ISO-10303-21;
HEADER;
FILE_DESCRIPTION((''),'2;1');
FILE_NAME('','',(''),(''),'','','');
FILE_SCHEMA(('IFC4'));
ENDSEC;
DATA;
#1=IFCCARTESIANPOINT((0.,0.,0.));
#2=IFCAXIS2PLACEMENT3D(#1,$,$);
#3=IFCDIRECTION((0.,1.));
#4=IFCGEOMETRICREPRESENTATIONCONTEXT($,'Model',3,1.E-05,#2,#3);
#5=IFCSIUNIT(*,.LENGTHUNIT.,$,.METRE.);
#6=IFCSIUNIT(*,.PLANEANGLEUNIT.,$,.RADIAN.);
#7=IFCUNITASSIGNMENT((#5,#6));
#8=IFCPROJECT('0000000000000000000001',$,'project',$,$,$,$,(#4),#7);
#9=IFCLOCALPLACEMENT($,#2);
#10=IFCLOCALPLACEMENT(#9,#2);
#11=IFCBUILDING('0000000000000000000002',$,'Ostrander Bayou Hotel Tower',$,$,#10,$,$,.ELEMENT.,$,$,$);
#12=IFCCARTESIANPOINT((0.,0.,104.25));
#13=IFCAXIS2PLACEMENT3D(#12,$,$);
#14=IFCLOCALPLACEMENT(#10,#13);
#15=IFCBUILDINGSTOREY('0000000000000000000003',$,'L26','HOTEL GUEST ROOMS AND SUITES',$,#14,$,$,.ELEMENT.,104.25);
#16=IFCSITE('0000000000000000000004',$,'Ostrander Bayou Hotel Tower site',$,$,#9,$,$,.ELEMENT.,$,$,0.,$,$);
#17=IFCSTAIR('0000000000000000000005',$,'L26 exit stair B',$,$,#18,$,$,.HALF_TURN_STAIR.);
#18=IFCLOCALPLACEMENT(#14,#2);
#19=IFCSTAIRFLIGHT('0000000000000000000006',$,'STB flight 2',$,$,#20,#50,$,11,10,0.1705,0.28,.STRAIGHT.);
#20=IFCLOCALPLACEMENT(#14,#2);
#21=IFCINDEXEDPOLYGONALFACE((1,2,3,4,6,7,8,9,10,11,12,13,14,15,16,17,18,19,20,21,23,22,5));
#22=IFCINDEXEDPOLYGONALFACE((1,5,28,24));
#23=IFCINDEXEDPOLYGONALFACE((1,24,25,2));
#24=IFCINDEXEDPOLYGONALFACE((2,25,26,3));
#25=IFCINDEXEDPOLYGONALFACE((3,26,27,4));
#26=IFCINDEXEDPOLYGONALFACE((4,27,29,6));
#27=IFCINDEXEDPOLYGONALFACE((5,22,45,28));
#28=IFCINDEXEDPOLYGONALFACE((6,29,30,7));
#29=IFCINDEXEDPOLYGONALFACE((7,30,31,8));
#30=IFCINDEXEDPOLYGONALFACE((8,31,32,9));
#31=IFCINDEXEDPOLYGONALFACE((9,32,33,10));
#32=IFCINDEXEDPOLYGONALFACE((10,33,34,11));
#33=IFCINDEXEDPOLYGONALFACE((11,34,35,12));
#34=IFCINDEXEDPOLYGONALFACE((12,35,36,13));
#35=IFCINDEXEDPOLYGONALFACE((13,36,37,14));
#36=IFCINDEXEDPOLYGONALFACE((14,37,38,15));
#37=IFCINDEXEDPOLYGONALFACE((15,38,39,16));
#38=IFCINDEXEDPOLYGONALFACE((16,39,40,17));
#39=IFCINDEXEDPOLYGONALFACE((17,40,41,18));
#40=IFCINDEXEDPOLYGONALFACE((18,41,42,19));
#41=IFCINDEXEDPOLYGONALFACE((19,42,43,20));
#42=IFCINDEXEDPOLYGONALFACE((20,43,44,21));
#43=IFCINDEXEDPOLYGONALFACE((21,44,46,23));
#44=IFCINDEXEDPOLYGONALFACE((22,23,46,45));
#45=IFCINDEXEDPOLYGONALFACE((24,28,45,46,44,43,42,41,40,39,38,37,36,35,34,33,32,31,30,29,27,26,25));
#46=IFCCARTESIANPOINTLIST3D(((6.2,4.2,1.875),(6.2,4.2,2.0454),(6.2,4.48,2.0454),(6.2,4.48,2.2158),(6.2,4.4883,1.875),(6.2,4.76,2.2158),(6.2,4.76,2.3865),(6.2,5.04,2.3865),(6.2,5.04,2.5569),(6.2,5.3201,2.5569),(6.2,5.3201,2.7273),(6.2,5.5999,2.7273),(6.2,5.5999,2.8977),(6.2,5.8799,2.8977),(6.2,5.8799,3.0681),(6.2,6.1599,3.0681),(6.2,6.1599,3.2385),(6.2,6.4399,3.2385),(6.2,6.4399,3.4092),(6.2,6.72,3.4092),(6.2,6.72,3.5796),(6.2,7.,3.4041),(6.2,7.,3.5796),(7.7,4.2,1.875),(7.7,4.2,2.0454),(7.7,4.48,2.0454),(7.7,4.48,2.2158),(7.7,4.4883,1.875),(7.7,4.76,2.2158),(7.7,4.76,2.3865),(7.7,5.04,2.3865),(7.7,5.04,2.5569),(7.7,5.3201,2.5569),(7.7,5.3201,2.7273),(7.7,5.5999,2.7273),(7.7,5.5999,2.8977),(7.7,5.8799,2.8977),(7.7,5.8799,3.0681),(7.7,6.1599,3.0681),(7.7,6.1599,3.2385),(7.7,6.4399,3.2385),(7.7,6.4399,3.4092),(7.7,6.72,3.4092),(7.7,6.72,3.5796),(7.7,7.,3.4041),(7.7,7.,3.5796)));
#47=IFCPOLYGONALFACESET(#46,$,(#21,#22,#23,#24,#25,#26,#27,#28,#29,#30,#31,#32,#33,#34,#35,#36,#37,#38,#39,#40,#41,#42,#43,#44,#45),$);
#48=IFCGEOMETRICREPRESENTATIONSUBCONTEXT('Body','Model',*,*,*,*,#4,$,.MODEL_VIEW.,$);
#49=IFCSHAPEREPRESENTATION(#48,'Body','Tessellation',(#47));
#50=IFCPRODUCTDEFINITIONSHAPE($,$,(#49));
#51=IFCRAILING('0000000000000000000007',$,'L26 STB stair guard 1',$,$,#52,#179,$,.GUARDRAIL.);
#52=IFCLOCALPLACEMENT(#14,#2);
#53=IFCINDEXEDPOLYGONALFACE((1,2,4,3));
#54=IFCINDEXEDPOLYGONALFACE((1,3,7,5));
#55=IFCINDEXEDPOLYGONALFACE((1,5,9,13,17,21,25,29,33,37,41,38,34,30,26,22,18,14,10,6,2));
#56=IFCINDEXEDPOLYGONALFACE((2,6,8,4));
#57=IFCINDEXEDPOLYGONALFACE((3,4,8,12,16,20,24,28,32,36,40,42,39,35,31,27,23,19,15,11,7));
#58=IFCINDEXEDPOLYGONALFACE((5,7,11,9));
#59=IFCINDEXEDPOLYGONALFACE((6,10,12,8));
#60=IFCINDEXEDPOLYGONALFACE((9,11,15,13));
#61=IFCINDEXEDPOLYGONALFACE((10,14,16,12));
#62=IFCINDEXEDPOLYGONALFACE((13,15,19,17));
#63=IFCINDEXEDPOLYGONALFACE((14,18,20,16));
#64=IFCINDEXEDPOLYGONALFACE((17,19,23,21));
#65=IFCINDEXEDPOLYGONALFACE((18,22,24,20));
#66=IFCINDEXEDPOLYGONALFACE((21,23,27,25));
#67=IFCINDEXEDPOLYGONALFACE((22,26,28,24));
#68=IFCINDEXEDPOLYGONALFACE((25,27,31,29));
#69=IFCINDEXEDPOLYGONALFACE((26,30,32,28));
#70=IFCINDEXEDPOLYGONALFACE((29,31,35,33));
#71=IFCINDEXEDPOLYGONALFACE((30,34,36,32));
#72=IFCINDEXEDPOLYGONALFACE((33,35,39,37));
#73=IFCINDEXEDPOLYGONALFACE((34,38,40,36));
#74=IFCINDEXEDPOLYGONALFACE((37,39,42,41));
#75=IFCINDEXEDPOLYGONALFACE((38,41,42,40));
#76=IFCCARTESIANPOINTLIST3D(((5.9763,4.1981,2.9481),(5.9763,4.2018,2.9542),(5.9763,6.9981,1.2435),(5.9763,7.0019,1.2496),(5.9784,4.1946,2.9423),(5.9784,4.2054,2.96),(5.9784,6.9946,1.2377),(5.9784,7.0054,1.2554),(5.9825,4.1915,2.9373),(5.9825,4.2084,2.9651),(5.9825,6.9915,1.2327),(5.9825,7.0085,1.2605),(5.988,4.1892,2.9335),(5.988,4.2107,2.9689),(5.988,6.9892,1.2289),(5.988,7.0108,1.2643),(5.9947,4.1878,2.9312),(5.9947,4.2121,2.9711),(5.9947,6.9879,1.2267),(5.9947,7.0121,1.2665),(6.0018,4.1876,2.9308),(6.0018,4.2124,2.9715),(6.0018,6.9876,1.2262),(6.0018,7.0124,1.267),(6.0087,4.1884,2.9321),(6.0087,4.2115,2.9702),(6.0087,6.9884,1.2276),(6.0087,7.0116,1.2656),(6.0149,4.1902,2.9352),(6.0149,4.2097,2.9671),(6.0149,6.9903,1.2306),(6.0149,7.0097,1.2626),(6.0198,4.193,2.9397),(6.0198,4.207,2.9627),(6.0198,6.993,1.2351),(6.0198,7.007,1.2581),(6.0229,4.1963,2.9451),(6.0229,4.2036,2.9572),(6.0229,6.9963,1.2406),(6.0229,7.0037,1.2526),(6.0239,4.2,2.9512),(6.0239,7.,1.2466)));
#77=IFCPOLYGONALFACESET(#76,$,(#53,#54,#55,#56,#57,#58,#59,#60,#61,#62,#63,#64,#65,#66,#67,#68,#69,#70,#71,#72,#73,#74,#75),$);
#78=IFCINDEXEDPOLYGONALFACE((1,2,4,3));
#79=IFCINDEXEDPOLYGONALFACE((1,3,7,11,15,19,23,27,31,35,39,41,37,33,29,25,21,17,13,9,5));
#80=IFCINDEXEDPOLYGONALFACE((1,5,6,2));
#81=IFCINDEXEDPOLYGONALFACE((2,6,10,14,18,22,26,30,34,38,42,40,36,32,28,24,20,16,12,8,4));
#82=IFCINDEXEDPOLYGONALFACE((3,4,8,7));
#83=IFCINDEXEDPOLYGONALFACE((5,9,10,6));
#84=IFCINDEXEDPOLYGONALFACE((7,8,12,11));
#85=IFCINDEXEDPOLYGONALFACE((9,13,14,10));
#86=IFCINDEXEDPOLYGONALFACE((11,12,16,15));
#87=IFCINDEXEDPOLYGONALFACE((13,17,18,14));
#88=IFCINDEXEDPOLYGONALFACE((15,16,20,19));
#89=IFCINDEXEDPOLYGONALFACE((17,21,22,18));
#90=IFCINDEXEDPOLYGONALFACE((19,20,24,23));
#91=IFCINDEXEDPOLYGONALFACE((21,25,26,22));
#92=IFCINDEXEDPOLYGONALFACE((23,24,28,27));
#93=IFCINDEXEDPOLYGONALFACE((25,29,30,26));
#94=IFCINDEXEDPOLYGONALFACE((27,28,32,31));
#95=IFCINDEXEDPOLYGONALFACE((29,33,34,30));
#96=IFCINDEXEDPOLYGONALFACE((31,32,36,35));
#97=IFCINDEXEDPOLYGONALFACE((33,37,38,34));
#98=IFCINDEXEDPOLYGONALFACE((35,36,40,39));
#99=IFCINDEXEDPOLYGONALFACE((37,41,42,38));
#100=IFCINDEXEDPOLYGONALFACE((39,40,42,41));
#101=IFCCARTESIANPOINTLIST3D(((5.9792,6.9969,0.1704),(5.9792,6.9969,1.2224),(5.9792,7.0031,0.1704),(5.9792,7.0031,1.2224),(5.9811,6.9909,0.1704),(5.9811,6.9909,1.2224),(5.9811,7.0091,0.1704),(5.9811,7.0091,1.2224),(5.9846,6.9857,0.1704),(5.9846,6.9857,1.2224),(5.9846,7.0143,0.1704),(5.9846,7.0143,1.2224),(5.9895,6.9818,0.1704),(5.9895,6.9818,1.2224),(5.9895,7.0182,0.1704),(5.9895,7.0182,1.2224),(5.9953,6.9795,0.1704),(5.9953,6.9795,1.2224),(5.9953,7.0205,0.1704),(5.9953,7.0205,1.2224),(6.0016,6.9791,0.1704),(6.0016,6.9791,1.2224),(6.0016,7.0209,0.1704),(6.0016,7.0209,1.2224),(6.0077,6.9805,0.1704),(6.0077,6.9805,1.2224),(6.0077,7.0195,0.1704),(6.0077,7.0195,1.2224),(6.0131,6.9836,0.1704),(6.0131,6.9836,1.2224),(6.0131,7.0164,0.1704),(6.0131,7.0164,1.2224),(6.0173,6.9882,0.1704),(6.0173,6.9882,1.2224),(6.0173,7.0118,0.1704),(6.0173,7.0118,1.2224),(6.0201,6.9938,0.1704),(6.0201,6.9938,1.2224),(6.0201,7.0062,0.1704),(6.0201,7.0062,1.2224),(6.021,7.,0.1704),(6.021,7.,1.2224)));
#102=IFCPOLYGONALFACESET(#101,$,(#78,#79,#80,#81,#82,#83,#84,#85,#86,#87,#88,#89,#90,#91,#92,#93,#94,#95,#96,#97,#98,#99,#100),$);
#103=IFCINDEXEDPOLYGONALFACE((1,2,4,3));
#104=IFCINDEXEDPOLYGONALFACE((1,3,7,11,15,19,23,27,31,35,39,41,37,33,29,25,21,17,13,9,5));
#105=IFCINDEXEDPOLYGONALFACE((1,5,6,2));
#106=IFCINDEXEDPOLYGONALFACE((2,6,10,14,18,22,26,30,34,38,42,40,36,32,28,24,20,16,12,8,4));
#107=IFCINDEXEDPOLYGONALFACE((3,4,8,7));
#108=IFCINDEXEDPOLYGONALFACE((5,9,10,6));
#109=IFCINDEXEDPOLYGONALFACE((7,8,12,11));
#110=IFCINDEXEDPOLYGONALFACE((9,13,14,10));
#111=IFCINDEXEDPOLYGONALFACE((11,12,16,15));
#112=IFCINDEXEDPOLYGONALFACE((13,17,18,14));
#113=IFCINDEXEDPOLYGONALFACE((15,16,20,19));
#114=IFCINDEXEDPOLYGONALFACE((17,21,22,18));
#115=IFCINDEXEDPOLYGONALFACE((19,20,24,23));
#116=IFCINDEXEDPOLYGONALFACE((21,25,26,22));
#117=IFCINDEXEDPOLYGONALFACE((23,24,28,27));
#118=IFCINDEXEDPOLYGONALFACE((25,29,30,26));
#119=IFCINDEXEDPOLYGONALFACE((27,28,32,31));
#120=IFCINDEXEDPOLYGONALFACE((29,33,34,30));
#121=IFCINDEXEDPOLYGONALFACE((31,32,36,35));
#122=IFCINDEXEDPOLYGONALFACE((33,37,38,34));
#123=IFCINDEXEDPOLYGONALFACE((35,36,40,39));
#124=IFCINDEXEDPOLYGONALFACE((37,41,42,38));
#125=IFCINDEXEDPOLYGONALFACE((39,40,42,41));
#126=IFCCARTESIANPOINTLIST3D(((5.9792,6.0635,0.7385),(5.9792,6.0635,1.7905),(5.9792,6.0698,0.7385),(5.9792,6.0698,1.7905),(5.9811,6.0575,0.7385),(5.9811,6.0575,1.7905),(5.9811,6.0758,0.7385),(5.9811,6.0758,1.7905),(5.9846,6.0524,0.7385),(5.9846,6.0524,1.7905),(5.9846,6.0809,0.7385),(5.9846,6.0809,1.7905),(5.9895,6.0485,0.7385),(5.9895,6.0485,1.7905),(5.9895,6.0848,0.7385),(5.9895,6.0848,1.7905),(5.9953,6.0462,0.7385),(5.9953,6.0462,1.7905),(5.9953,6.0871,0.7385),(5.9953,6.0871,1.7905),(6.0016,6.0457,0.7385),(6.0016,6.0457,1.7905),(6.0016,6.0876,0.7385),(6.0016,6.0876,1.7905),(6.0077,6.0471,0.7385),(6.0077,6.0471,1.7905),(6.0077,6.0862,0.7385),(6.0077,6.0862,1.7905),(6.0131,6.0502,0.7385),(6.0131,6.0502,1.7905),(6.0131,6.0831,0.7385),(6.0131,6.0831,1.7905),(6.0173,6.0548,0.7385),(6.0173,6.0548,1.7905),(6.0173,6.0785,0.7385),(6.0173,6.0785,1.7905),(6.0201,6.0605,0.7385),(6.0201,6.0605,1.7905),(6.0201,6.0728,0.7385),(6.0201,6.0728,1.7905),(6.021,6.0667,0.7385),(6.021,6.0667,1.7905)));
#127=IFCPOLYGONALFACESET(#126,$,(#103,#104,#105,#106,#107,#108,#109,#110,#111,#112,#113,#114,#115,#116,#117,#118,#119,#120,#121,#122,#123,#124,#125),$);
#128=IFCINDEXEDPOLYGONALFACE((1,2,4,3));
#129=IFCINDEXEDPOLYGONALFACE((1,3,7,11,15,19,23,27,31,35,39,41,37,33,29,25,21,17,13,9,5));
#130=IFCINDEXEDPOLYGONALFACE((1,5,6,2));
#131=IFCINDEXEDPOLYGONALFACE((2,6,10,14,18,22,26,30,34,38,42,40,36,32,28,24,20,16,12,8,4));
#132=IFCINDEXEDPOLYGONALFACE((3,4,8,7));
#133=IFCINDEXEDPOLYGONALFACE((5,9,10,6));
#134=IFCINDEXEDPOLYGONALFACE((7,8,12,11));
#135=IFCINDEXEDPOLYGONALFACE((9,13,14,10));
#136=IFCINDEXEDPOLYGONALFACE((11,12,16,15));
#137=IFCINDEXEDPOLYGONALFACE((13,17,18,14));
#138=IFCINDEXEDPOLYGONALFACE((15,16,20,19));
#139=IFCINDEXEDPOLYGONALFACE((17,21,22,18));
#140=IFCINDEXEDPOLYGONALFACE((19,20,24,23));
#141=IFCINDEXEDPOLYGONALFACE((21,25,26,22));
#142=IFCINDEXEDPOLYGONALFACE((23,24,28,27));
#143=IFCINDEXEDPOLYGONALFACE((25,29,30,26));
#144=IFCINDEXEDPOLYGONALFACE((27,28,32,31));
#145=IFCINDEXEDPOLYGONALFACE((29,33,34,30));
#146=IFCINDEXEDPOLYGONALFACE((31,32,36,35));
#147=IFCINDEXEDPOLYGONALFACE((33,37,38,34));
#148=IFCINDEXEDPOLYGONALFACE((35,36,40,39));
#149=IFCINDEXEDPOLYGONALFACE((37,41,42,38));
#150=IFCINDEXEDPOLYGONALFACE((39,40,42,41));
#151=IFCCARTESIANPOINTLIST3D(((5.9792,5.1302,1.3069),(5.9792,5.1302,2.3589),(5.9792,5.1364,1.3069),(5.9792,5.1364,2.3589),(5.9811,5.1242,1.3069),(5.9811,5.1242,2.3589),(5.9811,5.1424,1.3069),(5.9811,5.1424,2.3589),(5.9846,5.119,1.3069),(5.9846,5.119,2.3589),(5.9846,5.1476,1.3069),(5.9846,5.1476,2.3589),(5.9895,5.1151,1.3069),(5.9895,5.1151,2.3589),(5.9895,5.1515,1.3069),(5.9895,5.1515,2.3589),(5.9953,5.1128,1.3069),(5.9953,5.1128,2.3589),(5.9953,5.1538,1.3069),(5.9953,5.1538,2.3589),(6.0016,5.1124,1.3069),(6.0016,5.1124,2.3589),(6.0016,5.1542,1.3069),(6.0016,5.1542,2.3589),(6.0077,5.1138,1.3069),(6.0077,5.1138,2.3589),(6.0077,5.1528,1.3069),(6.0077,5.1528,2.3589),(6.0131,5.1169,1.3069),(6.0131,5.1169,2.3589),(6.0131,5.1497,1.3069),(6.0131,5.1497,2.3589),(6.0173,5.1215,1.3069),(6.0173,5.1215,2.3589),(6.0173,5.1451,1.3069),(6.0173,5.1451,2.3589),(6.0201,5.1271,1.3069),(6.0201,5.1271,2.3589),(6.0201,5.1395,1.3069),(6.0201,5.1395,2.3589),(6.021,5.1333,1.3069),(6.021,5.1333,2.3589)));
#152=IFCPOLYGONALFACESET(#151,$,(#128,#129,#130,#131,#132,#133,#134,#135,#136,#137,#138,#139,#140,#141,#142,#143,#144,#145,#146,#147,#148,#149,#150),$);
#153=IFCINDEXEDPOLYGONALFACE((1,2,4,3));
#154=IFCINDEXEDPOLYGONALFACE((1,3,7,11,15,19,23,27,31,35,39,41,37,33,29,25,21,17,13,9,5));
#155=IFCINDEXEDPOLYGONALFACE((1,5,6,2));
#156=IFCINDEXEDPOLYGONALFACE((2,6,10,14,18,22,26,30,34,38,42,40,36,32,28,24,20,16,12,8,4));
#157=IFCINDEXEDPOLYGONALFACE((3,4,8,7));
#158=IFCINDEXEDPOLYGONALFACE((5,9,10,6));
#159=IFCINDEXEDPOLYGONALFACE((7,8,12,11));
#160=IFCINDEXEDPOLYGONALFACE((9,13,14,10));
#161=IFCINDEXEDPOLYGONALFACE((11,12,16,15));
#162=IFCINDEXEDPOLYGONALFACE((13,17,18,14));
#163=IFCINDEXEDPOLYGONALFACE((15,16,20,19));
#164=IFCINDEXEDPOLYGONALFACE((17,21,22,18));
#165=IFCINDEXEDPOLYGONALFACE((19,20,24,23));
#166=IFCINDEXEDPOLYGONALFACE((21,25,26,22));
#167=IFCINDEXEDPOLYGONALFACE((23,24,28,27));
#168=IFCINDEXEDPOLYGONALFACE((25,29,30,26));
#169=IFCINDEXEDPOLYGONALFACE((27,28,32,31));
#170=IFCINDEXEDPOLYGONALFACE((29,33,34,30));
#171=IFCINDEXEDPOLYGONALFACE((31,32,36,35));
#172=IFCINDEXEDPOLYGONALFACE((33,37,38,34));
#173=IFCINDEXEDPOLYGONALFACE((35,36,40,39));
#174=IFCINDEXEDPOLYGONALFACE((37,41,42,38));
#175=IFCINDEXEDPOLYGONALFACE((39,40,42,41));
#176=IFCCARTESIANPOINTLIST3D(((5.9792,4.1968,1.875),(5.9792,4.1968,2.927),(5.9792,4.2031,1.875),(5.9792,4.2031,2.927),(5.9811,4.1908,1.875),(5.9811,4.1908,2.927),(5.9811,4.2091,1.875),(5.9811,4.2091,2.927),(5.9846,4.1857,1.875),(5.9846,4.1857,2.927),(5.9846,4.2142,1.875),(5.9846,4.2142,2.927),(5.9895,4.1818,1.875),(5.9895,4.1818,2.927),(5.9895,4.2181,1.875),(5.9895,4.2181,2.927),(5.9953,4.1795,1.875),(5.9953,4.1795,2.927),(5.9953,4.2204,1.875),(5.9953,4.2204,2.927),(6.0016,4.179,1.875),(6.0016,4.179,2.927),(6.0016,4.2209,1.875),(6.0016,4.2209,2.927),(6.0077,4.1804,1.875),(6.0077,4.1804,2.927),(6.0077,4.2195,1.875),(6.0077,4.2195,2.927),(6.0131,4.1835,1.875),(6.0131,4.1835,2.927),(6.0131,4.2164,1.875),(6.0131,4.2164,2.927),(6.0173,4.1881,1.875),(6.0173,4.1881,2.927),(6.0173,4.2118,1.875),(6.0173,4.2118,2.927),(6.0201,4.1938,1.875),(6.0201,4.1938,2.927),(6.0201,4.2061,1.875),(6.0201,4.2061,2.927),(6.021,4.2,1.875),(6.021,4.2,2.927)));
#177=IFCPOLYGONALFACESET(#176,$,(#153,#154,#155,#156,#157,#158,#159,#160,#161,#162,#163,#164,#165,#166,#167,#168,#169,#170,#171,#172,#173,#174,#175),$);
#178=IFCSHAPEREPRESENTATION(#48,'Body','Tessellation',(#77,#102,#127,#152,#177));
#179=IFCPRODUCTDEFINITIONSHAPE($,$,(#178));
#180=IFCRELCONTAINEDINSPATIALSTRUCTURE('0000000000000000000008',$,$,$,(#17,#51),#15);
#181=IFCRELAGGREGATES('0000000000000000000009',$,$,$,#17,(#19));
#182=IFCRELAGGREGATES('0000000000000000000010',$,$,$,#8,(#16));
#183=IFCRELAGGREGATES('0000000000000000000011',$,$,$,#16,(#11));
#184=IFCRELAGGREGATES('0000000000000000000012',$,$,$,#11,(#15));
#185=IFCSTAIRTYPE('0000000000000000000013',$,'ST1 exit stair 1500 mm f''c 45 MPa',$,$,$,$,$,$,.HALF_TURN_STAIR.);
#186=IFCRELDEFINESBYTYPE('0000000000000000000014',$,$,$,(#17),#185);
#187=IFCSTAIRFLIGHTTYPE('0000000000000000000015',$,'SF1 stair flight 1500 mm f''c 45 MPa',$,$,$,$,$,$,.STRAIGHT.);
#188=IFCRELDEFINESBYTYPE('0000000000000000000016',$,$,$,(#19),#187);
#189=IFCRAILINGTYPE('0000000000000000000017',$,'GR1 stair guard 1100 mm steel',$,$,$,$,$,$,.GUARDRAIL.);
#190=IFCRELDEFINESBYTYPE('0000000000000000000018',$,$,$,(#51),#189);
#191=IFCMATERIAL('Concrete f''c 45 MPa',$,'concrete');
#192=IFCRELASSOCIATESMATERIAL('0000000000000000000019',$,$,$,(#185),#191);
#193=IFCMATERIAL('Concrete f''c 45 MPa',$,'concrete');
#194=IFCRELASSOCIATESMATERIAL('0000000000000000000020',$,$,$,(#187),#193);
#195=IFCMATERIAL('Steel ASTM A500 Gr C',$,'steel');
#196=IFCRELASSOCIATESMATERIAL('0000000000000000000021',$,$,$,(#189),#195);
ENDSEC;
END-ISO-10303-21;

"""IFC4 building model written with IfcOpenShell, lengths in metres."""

from ifc_helpers import new_model, si_unit, direction, frame, origin, origin_2d, place, context, subcontext, project, spatial, polyline, circle, outline, extrude, material, type_object, element, aggregate, save


model = new_model("IFC4")

# Units and contexts
model_context = context("Model", 3, precision=1e-05, world=origin(), true_north=direction((0.0, 1.0)))
body_context = subcontext(model_context, "Body", "Model", "MODEL_VIEW")
ifc_project = project(units=[si_unit("LENGTHUNIT", "METRE"), si_unit("PLANEANGLEUNIT", "RADIAN")], contexts=[model_context])

# Site, building, storey
site_placement = place(None, origin())
site = spatial("IfcSite", under=ifc_project, at=site_placement, Name="Ostrander Bayou Hotel Tower site", CompositionType="ELEMENT", RefElevation=0.0)
building_placement = place(site_placement, origin())
building = spatial("IfcBuilding", under=site, at=building_placement, Name="Ostrander Bayou Hotel Tower", CompositionType="ELEMENT")
storey_placement = place(building_placement, frame((0.0, 0.0, 104.25)))
storey = spatial("IfcBuildingStorey", under=building, at=storey_placement, Name="L26", Description="HOTEL GUEST ROOMS AND SUITES", CompositionType="ELEMENT", Elevation=104.25)

# Stair, stair flight
ifc_material_1 = material(Name="Concrete f'c 45 MPa", Category="concrete")
stair_type = type_object("IfcStairType", Name="ST1 exit stair 1500 mm f'c 45 MPa", PredefinedType="HALF_TURN_STAIR", material=ifc_material_1)
stair_placement = place(storey_placement, origin())
stair = element("IfcStair", 1, at=stair_placement, inside=storey, type_object=stair_type, Name="L26 exit stair B", PredefinedType="HALF_TURN_STAIR")
ifc_material_2 = material(Name="Concrete f'c 45 MPa", Category="concrete")
stair_flight_type = type_object("IfcStairFlightType", Name="SF1 stair flight 1500 mm f'c 45 MPa", PredefinedType="STRAIGHT", material=ifc_material_2)
stair_flight_1_placement = place(storey_placement, frame((6.95, 4.2, 1.875), z_axis=(0.0, 0.0, 1.0), x_axis=(0.0, 1.0, 0.0)))
stair_flight_1 = element("IfcStairFlight", 2, at=stair_flight_1_placement, type_object=stair_flight_type, Name="STB flight 2", NumberOfRisers=11, NumberOfTreads=10, PredefinedType="STRAIGHT", RiserHeight=0.1705, TreadLength=0.28, context=body_context, shape_type="SweptSolid", body=[
    extrude(outline(polyline([(0.0, 0.0), (0.0, 0.1704), (0.28, 0.1704), (0.28, 0.3408), (0.5601, 0.3408), (0.5601, 0.5115), (0.8401, 0.5115), (0.8401, 0.6819), (1.1201, 0.6819), (1.1201, 0.8523), (1.3999, 0.8523), (1.3999, 1.0227), (1.6799, 1.0227), (1.6799, 1.1931), (1.96, 1.1931), (1.96, 1.3635), (2.24, 1.3635), (2.24, 1.5342), (2.52, 1.5342), (2.52, 1.7046), (2.8, 1.7046), (2.8, 1.875), (2.8, 1.5291), (0.2883, 0.0), (0.0, 0.0)])), frame((0.0, 0.75, 0.0), z_axis=(0.0, -1.0, 0.0), x_axis=(1.0, 0.0, 0.0)), (0.0, 0.0, 1.0), 1.5),
])
aggregate(stair, [stair_flight_1])

# Railing
ifc_material_3 = material(Name="Steel ASTM A500 Gr C", Category="steel")
railing_type_1 = type_object("IfcRailingType", Name="GR1 stair guard 1100 mm steel", PredefinedType="GUARDRAIL", material=ifc_material_3)
railing_1_placement = place(storey_placement, frame((6.0, 7.0, 0.1704)))
element("IfcRailing", 3, at=railing_1_placement, inside=storey, type_object=railing_type_1, Name="L26 STB stair guard 1", PredefinedType="GUARDRAIL", context=body_context, shape_type="SweptSolid", body=[
    extrude(circle(Radius=0.0239, at=origin_2d()), frame((0.0, 0.0, 1.0762), z_axis=(0.0, -0.85417, 0.519994), x_axis=(1.0, 0.0, 0.0)), (0.0, 0.0, 1.0), 3.2781),
    extrude(circle(Radius=0.021, at=origin_2d()), origin(), (0.0, 0.0, 1.0), 1.052),
    extrude(circle(Radius=0.021, at=origin_2d()), frame((0.0, -0.9333, 0.5681)), (0.0, 0.0, 1.0), 1.052),
    extrude(circle(Radius=0.021, at=origin_2d()), frame((0.0, -1.8667, 1.1365)), (0.0, 0.0, 1.0), 1.052),
    extrude(circle(Radius=0.021, at=origin_2d()), frame((0.0, -2.8, 1.7046)), (0.0, 0.0, 1.0), 1.052),
])

save(model, "model.ifc")
